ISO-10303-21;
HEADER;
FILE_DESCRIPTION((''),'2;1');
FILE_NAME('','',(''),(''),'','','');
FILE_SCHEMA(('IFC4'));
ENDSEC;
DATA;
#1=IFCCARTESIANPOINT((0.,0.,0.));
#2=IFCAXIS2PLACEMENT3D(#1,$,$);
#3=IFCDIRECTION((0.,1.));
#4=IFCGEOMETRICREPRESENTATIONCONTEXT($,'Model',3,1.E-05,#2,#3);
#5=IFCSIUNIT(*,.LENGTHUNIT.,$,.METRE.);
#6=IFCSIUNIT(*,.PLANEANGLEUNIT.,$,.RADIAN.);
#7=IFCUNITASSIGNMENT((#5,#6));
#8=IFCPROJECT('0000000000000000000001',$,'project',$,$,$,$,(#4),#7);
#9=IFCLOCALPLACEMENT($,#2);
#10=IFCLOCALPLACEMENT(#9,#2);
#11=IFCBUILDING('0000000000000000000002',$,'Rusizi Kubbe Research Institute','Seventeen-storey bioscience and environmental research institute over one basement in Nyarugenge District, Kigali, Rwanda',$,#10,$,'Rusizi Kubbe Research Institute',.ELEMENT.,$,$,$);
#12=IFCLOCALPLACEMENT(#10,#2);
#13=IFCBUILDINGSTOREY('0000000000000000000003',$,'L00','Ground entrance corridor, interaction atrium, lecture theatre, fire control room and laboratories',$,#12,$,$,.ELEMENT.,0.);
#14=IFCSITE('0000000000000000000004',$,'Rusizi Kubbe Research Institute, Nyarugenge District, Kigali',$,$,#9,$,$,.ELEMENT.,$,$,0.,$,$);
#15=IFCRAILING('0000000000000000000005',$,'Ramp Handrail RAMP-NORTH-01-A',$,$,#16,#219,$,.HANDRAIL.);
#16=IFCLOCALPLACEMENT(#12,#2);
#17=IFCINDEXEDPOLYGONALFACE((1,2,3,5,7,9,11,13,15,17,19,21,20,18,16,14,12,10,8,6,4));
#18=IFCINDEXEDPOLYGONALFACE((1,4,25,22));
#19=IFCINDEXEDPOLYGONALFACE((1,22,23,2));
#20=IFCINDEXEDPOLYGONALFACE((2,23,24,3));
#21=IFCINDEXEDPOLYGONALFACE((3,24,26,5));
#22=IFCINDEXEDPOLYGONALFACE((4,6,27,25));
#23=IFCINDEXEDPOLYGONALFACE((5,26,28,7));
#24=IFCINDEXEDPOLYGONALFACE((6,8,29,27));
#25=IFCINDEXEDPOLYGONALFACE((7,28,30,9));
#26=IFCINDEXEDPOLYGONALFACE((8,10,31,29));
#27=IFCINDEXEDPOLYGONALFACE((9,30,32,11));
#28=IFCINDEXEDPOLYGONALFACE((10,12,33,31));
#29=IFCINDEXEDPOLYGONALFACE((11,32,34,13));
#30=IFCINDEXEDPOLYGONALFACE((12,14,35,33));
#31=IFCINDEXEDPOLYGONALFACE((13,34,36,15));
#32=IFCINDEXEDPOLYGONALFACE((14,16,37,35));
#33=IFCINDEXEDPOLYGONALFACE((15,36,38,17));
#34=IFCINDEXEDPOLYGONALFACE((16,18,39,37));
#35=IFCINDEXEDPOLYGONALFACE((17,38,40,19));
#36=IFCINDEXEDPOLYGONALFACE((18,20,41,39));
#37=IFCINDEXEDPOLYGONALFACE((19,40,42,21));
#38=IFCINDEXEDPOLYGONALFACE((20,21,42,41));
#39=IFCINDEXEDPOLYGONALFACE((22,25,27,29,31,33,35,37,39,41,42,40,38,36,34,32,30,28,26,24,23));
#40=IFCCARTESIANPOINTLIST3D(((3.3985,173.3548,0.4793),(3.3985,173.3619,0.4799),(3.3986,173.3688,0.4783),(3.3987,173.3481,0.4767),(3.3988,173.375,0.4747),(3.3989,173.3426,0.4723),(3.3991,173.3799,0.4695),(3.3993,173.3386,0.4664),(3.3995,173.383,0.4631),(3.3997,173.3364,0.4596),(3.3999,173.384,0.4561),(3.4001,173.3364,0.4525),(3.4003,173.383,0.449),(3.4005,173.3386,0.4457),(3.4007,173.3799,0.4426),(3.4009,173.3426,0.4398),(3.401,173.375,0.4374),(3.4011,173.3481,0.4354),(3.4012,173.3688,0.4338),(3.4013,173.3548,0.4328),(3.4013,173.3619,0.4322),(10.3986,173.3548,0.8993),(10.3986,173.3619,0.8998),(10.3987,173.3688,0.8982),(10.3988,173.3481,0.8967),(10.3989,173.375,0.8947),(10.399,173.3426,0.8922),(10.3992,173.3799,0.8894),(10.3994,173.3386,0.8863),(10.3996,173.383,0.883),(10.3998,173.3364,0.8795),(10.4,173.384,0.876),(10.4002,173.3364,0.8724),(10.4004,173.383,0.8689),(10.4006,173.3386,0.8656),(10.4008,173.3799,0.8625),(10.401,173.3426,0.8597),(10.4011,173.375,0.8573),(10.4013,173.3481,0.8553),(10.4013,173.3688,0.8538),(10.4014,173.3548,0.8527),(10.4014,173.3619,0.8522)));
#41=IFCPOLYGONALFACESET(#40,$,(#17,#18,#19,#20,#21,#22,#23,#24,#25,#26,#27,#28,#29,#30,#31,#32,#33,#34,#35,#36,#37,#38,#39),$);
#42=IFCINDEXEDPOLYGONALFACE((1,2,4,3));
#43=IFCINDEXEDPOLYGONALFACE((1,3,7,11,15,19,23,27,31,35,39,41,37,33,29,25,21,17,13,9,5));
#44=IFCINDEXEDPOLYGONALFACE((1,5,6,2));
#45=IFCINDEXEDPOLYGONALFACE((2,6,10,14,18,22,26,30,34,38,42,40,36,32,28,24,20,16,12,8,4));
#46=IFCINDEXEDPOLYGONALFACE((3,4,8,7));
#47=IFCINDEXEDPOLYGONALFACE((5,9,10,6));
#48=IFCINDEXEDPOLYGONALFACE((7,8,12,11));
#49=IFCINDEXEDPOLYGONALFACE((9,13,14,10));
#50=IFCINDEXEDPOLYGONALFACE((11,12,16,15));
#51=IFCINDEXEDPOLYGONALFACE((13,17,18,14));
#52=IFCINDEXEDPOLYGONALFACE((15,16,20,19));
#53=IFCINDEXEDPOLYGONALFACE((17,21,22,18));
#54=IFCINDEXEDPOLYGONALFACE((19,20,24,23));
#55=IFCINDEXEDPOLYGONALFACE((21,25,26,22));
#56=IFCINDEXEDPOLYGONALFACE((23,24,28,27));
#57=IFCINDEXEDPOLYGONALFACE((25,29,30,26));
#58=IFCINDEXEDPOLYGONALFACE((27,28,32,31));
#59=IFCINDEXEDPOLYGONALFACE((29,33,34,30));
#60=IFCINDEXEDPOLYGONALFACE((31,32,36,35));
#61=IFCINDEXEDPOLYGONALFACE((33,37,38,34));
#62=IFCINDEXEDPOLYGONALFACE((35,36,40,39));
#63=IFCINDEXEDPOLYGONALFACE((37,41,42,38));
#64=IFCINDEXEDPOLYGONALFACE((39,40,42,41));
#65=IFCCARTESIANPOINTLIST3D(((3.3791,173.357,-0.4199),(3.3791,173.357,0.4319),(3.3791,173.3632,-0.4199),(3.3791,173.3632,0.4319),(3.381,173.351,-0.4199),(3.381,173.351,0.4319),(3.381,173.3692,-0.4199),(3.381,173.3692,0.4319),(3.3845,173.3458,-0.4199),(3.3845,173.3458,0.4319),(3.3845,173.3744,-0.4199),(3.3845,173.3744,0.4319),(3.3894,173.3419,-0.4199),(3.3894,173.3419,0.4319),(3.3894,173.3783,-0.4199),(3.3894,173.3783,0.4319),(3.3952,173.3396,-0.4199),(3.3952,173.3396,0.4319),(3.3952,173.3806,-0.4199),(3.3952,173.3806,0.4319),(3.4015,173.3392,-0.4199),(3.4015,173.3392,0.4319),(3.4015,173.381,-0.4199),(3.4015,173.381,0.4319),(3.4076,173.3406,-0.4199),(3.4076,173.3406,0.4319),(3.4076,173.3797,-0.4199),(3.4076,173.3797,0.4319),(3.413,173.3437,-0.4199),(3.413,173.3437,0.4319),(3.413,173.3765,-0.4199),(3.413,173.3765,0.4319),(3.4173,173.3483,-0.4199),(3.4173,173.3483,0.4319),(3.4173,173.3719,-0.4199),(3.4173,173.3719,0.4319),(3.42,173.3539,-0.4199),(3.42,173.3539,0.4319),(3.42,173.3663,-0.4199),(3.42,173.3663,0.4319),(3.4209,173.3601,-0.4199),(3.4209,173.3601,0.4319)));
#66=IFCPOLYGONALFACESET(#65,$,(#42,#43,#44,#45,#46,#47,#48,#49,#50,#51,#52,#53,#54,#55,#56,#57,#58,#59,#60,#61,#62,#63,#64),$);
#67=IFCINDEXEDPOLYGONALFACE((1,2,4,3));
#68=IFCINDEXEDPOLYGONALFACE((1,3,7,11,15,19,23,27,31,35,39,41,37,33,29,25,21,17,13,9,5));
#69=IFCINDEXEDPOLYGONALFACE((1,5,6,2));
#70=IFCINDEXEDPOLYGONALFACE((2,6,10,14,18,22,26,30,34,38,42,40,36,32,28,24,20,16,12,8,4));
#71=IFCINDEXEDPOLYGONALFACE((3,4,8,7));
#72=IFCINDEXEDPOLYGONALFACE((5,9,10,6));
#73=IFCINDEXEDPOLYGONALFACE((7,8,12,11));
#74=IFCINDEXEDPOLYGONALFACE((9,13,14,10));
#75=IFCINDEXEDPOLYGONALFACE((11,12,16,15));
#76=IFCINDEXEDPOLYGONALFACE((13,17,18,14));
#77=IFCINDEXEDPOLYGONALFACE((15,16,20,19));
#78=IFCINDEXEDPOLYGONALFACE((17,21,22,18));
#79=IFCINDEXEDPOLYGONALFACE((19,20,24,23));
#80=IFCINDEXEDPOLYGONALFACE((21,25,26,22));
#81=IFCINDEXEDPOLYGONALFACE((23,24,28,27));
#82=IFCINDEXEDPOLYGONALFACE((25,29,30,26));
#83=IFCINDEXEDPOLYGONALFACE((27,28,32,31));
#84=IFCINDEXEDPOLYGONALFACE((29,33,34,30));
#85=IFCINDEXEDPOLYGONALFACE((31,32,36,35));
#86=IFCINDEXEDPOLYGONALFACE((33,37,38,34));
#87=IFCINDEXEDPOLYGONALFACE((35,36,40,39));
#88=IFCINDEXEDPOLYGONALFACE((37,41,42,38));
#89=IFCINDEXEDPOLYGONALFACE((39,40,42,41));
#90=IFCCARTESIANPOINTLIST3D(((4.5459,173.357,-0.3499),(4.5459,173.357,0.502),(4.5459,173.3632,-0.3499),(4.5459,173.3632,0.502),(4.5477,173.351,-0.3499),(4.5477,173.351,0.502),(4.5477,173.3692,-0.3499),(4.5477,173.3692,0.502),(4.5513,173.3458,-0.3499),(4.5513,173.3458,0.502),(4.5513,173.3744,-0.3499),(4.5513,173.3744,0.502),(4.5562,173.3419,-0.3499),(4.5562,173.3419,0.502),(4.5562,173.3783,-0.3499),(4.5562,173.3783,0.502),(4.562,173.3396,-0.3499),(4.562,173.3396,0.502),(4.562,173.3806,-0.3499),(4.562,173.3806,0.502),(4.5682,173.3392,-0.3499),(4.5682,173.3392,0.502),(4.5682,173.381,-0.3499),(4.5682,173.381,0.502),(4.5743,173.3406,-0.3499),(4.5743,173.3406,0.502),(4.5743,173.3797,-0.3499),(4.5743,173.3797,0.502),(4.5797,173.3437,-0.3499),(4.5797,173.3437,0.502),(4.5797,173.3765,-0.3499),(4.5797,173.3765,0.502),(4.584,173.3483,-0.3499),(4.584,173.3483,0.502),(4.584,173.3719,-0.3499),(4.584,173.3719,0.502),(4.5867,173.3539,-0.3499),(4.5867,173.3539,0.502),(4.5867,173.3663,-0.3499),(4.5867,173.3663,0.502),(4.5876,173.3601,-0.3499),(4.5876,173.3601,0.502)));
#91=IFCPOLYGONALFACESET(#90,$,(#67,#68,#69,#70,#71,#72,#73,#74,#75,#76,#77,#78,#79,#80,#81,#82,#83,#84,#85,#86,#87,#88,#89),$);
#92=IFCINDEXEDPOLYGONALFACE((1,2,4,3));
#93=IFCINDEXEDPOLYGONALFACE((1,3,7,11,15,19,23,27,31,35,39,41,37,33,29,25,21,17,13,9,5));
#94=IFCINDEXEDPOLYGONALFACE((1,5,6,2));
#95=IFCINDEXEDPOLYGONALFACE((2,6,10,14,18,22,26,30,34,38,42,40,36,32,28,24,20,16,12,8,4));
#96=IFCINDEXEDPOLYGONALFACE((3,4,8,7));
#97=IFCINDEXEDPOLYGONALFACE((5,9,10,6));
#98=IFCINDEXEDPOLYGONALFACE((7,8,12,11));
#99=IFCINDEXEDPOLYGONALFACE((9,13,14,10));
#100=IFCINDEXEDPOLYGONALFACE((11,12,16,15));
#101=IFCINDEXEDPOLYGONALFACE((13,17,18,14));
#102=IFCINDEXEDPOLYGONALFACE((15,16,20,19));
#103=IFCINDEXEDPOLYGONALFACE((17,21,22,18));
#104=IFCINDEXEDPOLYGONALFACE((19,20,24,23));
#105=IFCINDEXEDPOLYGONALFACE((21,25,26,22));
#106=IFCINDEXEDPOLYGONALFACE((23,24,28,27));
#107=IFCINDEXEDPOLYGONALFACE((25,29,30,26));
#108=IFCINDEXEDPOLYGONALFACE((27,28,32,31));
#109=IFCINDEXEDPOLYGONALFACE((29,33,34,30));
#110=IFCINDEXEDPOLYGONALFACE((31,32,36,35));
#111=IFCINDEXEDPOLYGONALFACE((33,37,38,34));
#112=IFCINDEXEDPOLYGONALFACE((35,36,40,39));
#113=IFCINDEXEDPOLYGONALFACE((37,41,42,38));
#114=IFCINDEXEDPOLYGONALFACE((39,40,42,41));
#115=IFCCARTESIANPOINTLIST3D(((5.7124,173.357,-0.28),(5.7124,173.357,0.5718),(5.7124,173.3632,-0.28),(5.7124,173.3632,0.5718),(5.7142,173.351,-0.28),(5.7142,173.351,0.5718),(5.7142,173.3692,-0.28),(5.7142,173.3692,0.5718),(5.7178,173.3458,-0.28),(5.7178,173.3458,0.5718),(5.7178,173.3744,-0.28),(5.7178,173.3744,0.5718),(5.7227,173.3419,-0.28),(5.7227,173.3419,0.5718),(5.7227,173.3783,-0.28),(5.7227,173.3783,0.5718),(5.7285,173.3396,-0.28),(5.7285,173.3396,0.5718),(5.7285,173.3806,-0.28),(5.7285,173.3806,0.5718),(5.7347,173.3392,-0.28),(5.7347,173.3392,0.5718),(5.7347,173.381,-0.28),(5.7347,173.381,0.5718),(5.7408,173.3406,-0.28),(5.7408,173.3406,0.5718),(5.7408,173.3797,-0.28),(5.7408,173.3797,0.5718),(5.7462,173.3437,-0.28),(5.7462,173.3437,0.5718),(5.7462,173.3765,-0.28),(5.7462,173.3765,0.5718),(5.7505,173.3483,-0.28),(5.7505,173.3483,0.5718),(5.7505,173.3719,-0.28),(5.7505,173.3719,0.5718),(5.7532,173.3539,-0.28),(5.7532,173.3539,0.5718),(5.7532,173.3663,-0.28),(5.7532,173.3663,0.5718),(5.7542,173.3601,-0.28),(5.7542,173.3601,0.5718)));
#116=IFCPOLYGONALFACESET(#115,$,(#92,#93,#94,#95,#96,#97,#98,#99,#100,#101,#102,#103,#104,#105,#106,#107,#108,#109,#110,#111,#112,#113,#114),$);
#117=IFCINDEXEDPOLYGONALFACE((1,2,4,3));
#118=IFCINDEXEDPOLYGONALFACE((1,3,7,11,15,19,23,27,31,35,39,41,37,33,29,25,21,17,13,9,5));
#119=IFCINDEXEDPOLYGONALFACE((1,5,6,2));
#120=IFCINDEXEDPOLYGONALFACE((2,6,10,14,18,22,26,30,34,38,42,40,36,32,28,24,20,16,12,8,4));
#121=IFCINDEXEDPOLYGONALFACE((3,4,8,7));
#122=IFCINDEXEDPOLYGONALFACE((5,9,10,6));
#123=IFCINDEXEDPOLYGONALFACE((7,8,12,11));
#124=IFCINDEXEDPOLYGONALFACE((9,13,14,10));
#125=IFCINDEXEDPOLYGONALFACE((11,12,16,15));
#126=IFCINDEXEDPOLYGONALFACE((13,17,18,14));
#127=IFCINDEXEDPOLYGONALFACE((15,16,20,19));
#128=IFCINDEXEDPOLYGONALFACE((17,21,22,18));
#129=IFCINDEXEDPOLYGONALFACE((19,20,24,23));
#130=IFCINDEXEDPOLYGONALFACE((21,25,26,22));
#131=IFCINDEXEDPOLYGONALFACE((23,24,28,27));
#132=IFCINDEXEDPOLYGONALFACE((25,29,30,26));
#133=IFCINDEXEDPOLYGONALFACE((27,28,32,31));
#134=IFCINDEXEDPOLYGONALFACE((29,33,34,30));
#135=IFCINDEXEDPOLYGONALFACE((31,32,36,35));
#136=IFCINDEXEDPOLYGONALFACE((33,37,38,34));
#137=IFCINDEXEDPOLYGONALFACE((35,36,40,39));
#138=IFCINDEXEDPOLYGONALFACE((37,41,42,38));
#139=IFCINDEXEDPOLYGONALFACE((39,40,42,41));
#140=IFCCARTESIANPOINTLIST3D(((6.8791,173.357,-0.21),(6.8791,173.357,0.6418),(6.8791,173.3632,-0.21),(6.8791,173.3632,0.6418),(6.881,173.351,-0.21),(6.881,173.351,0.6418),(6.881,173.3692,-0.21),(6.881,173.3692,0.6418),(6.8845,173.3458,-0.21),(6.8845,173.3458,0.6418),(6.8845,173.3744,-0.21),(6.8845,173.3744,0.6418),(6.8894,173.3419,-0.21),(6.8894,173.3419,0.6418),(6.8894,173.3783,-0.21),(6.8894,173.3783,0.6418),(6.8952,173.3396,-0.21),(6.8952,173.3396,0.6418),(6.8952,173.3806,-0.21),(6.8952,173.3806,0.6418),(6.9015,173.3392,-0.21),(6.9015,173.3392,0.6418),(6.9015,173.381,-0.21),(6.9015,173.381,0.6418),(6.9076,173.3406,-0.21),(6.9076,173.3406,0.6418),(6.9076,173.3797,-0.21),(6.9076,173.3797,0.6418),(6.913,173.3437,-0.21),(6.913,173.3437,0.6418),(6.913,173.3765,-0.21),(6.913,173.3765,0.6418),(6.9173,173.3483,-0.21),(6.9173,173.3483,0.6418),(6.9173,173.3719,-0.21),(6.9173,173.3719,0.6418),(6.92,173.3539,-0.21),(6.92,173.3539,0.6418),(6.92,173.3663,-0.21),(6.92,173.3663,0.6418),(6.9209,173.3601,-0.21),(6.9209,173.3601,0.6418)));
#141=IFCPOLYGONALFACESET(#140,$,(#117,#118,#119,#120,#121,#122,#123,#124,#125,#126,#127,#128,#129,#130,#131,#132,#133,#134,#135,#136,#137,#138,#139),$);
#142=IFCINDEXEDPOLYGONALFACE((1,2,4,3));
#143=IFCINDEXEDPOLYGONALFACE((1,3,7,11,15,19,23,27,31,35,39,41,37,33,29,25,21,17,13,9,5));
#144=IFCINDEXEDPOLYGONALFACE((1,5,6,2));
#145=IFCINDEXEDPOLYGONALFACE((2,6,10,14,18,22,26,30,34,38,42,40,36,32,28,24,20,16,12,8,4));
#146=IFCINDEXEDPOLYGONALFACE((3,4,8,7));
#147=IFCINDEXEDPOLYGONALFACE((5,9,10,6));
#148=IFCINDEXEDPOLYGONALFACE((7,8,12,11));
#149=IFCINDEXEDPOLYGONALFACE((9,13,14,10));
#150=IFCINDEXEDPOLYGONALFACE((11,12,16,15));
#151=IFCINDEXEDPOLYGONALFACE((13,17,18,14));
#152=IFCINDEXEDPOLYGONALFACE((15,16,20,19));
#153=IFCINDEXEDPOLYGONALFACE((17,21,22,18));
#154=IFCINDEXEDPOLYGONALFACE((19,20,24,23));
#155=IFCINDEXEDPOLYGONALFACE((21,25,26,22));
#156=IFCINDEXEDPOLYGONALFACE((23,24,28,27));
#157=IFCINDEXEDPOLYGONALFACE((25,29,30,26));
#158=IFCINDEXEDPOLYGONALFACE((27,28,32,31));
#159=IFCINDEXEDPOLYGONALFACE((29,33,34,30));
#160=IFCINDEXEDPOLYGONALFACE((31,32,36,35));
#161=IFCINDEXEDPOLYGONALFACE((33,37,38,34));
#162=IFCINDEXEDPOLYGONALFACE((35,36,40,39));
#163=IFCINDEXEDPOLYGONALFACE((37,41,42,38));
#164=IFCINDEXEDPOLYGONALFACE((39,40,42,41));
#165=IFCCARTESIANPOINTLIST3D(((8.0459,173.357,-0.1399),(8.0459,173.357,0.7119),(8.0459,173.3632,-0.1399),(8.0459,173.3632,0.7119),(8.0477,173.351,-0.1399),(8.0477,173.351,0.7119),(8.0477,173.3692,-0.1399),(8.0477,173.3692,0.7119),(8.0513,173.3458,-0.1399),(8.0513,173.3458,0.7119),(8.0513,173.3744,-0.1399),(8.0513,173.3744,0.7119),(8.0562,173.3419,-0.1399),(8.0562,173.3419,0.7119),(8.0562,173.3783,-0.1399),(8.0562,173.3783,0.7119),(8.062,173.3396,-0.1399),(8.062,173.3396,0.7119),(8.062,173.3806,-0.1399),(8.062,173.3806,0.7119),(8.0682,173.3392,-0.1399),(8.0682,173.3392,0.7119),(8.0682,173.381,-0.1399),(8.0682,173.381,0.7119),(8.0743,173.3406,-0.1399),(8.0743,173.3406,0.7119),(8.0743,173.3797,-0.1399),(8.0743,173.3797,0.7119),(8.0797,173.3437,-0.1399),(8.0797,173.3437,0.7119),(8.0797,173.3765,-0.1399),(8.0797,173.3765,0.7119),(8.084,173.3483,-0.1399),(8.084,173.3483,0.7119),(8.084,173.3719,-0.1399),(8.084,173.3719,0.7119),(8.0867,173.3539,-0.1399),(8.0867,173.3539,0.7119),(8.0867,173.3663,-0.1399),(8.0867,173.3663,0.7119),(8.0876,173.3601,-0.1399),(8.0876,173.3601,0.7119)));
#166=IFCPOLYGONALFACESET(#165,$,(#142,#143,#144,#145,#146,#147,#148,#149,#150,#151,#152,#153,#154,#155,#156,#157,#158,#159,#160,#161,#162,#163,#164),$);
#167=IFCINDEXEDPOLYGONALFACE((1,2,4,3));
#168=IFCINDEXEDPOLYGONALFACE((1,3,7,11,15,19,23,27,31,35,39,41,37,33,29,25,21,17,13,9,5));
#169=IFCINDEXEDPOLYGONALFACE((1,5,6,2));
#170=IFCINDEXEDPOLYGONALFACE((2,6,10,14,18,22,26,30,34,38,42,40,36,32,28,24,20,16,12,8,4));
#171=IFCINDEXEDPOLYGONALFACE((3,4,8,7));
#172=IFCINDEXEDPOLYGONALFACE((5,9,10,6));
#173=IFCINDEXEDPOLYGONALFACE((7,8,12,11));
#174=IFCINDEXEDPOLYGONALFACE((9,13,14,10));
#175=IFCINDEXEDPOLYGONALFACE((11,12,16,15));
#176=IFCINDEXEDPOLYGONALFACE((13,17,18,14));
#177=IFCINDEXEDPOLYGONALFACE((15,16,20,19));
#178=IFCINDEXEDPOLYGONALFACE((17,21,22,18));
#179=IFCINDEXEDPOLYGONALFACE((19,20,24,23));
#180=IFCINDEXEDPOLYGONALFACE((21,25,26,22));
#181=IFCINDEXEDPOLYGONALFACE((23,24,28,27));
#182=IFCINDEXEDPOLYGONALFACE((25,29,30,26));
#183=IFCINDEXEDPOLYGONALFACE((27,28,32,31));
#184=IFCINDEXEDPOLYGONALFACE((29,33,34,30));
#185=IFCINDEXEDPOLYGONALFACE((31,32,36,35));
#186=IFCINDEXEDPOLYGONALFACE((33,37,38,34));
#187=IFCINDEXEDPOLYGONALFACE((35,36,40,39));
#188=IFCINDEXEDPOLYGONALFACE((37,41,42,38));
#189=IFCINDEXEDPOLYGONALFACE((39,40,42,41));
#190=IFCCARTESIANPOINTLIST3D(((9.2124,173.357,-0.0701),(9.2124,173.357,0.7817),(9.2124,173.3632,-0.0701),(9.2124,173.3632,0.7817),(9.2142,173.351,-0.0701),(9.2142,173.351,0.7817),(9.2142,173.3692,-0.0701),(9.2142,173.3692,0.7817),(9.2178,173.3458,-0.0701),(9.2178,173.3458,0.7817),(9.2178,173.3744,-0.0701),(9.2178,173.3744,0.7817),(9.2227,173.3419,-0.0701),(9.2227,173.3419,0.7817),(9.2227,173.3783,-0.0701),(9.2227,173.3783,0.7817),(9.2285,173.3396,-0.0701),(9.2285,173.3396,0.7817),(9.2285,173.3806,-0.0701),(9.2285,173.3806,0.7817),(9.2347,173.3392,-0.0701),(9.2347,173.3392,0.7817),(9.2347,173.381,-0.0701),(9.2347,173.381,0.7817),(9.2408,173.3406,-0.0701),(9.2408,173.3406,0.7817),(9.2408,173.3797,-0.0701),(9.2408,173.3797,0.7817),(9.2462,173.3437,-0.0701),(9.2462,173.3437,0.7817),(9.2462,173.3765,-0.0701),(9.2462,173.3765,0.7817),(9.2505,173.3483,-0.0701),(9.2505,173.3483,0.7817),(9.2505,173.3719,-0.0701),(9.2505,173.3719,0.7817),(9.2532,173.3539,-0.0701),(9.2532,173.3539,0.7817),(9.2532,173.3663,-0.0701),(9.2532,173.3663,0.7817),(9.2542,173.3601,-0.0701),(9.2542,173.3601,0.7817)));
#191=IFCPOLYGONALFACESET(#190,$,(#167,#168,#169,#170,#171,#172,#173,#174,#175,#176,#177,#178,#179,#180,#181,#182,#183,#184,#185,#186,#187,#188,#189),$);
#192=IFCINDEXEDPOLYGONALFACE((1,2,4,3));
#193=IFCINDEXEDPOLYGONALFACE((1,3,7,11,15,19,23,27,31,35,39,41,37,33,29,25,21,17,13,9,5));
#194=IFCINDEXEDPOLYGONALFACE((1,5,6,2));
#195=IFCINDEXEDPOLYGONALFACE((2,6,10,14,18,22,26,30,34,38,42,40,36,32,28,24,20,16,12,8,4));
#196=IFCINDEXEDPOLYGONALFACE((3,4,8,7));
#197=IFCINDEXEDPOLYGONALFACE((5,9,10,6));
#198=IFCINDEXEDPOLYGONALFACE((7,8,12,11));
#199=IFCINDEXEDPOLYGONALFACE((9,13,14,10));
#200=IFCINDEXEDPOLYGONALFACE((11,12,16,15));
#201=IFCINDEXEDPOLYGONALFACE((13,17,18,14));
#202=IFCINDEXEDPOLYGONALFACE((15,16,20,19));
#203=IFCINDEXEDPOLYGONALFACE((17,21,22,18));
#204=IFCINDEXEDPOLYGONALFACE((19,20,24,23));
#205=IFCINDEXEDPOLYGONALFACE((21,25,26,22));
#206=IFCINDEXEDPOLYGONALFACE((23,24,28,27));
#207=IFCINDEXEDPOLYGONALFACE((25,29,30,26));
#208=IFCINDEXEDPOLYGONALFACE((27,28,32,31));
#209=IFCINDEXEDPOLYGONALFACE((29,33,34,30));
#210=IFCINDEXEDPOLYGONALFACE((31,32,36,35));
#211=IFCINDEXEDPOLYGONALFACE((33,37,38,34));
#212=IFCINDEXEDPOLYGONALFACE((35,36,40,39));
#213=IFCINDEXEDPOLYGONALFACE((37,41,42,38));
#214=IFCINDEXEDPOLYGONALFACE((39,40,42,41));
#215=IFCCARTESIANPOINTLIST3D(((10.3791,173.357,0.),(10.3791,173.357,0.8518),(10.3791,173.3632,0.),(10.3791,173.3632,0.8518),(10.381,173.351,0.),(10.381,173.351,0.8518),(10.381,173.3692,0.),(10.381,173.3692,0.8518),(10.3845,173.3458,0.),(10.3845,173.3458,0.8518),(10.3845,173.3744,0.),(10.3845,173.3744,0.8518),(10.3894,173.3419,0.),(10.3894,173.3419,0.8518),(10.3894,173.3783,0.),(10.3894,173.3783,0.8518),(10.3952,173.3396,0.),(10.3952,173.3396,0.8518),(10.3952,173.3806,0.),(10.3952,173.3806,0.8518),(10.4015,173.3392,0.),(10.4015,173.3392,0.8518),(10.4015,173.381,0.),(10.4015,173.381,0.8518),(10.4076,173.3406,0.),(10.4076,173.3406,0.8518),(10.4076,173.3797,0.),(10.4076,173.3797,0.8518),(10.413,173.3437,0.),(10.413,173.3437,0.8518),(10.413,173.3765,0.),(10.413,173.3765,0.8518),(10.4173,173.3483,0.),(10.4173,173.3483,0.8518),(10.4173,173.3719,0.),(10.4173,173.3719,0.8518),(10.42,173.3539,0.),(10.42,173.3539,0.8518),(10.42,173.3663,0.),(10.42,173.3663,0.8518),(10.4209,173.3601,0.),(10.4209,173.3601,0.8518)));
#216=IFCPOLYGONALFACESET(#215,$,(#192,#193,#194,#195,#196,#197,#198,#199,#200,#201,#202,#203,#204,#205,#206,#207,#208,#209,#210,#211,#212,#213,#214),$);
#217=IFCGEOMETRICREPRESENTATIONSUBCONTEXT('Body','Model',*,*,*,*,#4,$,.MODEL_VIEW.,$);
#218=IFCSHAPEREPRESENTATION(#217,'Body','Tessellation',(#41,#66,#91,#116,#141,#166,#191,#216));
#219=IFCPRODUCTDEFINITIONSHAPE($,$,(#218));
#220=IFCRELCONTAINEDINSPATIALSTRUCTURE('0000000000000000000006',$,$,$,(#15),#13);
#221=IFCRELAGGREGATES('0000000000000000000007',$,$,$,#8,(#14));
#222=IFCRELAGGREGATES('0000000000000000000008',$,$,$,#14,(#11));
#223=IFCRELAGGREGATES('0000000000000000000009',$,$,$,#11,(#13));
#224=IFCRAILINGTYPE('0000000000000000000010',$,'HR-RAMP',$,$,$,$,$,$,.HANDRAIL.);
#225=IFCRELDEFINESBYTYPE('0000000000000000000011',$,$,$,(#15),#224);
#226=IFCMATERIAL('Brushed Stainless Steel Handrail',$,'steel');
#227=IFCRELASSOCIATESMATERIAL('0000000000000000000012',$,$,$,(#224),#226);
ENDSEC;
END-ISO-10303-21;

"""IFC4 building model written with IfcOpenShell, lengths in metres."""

from ifc_helpers import new_model, si_unit, direction, frame, origin, origin_2d, place, context, subcontext, project, spatial, circle, extrude, material, type_object, element, save


model = new_model("IFC4")

# Units and contexts
model_context = context("Model", 3, precision=1e-05, world=origin(), true_north=direction((0.0, 1.0)))
body_context = subcontext(model_context, "Body", "Model", "MODEL_VIEW")
ifc_project = project(units=[si_unit("LENGTHUNIT", "METRE"), si_unit("PLANEANGLEUNIT", "RADIAN")], contexts=[model_context])

# Site, building, storey
site_placement = place(None, origin())
site = spatial("IfcSite", under=ifc_project, at=site_placement, Name="Rusizi Kubbe Research Institute, Nyarugenge District, Kigali", CompositionType="ELEMENT", RefElevation=0.0)
building_placement = place(site_placement, origin())
building = spatial("IfcBuilding", under=site, at=building_placement, Name="Rusizi Kubbe Research Institute", Description="Seventeen-storey bioscience and environmental research institute over one basement in Nyarugenge District, Kigali, Rwanda", LongName="Rusizi Kubbe Research Institute", CompositionType="ELEMENT")
storey_placement = place(building_placement, origin())
storey = spatial("IfcBuildingStorey", under=building, at=storey_placement, Name="L00", Description="Ground entrance corridor, interaction atrium, lecture theatre, fire control room and laboratories", CompositionType="ELEMENT", Elevation=0.0)

# Railing
ifc_material_1 = material(Name="Brushed Stainless Steel Handrail", Category="steel")
railing_type = type_object("IfcRailingType", Name="HR-RAMP", PredefinedType="HANDRAIL", material=ifc_material_1)
for number, where, name in (
    (1, (3.3999, 173.3601, -0.4199), "Ramp Handrail RAMP-NORTH-01-A"),
):
    element("IfcRailing", number, at=place(storey_placement, frame(where)), inside=storey, type_object=railing_type, Name=name, PredefinedType="HANDRAIL", context=body_context, shape_type="SweptSolid", body=[
        extrude(circle(Radius=0.0239, at=origin_2d()), frame((0.0, 0.0, 0.876), z_axis=(0.998206, 0.0, 0.059881), x_axis=(0.0, 1.0, 0.0)), (0.0, 0.0, 1.0), 7.0127),
        extrude(circle(Radius=0.021, at=origin_2d()), origin(), (0.0, 0.0, 1.0), 0.8518),
        extrude(circle(Radius=0.021, at=origin_2d()), frame((1.1667, 0.0, 0.0701)), (0.0, 0.0, 1.0), 0.8518),
        extrude(circle(Radius=0.021, at=origin_2d()), frame((2.3333, 0.0, 0.1399)), (0.0, 0.0, 1.0), 0.8518),
        extrude(circle(Radius=0.021, at=origin_2d()), frame((3.5, 0.0, 0.21)), (0.0, 0.0, 1.0), 0.8518),
        extrude(circle(Radius=0.021, at=origin_2d()), frame((4.6667, 0.0, 0.28)), (0.0, 0.0, 1.0), 0.8518),
        extrude(circle(Radius=0.021, at=origin_2d()), frame((5.8333, 0.0, 0.3499)), (0.0, 0.0, 1.0), 0.8518),
        extrude(circle(Radius=0.021, at=origin_2d()), frame((7.0, 0.0, 0.4199)), (0.0, 0.0, 1.0), 0.8518),
    ])

save(model, "model.ifc")
